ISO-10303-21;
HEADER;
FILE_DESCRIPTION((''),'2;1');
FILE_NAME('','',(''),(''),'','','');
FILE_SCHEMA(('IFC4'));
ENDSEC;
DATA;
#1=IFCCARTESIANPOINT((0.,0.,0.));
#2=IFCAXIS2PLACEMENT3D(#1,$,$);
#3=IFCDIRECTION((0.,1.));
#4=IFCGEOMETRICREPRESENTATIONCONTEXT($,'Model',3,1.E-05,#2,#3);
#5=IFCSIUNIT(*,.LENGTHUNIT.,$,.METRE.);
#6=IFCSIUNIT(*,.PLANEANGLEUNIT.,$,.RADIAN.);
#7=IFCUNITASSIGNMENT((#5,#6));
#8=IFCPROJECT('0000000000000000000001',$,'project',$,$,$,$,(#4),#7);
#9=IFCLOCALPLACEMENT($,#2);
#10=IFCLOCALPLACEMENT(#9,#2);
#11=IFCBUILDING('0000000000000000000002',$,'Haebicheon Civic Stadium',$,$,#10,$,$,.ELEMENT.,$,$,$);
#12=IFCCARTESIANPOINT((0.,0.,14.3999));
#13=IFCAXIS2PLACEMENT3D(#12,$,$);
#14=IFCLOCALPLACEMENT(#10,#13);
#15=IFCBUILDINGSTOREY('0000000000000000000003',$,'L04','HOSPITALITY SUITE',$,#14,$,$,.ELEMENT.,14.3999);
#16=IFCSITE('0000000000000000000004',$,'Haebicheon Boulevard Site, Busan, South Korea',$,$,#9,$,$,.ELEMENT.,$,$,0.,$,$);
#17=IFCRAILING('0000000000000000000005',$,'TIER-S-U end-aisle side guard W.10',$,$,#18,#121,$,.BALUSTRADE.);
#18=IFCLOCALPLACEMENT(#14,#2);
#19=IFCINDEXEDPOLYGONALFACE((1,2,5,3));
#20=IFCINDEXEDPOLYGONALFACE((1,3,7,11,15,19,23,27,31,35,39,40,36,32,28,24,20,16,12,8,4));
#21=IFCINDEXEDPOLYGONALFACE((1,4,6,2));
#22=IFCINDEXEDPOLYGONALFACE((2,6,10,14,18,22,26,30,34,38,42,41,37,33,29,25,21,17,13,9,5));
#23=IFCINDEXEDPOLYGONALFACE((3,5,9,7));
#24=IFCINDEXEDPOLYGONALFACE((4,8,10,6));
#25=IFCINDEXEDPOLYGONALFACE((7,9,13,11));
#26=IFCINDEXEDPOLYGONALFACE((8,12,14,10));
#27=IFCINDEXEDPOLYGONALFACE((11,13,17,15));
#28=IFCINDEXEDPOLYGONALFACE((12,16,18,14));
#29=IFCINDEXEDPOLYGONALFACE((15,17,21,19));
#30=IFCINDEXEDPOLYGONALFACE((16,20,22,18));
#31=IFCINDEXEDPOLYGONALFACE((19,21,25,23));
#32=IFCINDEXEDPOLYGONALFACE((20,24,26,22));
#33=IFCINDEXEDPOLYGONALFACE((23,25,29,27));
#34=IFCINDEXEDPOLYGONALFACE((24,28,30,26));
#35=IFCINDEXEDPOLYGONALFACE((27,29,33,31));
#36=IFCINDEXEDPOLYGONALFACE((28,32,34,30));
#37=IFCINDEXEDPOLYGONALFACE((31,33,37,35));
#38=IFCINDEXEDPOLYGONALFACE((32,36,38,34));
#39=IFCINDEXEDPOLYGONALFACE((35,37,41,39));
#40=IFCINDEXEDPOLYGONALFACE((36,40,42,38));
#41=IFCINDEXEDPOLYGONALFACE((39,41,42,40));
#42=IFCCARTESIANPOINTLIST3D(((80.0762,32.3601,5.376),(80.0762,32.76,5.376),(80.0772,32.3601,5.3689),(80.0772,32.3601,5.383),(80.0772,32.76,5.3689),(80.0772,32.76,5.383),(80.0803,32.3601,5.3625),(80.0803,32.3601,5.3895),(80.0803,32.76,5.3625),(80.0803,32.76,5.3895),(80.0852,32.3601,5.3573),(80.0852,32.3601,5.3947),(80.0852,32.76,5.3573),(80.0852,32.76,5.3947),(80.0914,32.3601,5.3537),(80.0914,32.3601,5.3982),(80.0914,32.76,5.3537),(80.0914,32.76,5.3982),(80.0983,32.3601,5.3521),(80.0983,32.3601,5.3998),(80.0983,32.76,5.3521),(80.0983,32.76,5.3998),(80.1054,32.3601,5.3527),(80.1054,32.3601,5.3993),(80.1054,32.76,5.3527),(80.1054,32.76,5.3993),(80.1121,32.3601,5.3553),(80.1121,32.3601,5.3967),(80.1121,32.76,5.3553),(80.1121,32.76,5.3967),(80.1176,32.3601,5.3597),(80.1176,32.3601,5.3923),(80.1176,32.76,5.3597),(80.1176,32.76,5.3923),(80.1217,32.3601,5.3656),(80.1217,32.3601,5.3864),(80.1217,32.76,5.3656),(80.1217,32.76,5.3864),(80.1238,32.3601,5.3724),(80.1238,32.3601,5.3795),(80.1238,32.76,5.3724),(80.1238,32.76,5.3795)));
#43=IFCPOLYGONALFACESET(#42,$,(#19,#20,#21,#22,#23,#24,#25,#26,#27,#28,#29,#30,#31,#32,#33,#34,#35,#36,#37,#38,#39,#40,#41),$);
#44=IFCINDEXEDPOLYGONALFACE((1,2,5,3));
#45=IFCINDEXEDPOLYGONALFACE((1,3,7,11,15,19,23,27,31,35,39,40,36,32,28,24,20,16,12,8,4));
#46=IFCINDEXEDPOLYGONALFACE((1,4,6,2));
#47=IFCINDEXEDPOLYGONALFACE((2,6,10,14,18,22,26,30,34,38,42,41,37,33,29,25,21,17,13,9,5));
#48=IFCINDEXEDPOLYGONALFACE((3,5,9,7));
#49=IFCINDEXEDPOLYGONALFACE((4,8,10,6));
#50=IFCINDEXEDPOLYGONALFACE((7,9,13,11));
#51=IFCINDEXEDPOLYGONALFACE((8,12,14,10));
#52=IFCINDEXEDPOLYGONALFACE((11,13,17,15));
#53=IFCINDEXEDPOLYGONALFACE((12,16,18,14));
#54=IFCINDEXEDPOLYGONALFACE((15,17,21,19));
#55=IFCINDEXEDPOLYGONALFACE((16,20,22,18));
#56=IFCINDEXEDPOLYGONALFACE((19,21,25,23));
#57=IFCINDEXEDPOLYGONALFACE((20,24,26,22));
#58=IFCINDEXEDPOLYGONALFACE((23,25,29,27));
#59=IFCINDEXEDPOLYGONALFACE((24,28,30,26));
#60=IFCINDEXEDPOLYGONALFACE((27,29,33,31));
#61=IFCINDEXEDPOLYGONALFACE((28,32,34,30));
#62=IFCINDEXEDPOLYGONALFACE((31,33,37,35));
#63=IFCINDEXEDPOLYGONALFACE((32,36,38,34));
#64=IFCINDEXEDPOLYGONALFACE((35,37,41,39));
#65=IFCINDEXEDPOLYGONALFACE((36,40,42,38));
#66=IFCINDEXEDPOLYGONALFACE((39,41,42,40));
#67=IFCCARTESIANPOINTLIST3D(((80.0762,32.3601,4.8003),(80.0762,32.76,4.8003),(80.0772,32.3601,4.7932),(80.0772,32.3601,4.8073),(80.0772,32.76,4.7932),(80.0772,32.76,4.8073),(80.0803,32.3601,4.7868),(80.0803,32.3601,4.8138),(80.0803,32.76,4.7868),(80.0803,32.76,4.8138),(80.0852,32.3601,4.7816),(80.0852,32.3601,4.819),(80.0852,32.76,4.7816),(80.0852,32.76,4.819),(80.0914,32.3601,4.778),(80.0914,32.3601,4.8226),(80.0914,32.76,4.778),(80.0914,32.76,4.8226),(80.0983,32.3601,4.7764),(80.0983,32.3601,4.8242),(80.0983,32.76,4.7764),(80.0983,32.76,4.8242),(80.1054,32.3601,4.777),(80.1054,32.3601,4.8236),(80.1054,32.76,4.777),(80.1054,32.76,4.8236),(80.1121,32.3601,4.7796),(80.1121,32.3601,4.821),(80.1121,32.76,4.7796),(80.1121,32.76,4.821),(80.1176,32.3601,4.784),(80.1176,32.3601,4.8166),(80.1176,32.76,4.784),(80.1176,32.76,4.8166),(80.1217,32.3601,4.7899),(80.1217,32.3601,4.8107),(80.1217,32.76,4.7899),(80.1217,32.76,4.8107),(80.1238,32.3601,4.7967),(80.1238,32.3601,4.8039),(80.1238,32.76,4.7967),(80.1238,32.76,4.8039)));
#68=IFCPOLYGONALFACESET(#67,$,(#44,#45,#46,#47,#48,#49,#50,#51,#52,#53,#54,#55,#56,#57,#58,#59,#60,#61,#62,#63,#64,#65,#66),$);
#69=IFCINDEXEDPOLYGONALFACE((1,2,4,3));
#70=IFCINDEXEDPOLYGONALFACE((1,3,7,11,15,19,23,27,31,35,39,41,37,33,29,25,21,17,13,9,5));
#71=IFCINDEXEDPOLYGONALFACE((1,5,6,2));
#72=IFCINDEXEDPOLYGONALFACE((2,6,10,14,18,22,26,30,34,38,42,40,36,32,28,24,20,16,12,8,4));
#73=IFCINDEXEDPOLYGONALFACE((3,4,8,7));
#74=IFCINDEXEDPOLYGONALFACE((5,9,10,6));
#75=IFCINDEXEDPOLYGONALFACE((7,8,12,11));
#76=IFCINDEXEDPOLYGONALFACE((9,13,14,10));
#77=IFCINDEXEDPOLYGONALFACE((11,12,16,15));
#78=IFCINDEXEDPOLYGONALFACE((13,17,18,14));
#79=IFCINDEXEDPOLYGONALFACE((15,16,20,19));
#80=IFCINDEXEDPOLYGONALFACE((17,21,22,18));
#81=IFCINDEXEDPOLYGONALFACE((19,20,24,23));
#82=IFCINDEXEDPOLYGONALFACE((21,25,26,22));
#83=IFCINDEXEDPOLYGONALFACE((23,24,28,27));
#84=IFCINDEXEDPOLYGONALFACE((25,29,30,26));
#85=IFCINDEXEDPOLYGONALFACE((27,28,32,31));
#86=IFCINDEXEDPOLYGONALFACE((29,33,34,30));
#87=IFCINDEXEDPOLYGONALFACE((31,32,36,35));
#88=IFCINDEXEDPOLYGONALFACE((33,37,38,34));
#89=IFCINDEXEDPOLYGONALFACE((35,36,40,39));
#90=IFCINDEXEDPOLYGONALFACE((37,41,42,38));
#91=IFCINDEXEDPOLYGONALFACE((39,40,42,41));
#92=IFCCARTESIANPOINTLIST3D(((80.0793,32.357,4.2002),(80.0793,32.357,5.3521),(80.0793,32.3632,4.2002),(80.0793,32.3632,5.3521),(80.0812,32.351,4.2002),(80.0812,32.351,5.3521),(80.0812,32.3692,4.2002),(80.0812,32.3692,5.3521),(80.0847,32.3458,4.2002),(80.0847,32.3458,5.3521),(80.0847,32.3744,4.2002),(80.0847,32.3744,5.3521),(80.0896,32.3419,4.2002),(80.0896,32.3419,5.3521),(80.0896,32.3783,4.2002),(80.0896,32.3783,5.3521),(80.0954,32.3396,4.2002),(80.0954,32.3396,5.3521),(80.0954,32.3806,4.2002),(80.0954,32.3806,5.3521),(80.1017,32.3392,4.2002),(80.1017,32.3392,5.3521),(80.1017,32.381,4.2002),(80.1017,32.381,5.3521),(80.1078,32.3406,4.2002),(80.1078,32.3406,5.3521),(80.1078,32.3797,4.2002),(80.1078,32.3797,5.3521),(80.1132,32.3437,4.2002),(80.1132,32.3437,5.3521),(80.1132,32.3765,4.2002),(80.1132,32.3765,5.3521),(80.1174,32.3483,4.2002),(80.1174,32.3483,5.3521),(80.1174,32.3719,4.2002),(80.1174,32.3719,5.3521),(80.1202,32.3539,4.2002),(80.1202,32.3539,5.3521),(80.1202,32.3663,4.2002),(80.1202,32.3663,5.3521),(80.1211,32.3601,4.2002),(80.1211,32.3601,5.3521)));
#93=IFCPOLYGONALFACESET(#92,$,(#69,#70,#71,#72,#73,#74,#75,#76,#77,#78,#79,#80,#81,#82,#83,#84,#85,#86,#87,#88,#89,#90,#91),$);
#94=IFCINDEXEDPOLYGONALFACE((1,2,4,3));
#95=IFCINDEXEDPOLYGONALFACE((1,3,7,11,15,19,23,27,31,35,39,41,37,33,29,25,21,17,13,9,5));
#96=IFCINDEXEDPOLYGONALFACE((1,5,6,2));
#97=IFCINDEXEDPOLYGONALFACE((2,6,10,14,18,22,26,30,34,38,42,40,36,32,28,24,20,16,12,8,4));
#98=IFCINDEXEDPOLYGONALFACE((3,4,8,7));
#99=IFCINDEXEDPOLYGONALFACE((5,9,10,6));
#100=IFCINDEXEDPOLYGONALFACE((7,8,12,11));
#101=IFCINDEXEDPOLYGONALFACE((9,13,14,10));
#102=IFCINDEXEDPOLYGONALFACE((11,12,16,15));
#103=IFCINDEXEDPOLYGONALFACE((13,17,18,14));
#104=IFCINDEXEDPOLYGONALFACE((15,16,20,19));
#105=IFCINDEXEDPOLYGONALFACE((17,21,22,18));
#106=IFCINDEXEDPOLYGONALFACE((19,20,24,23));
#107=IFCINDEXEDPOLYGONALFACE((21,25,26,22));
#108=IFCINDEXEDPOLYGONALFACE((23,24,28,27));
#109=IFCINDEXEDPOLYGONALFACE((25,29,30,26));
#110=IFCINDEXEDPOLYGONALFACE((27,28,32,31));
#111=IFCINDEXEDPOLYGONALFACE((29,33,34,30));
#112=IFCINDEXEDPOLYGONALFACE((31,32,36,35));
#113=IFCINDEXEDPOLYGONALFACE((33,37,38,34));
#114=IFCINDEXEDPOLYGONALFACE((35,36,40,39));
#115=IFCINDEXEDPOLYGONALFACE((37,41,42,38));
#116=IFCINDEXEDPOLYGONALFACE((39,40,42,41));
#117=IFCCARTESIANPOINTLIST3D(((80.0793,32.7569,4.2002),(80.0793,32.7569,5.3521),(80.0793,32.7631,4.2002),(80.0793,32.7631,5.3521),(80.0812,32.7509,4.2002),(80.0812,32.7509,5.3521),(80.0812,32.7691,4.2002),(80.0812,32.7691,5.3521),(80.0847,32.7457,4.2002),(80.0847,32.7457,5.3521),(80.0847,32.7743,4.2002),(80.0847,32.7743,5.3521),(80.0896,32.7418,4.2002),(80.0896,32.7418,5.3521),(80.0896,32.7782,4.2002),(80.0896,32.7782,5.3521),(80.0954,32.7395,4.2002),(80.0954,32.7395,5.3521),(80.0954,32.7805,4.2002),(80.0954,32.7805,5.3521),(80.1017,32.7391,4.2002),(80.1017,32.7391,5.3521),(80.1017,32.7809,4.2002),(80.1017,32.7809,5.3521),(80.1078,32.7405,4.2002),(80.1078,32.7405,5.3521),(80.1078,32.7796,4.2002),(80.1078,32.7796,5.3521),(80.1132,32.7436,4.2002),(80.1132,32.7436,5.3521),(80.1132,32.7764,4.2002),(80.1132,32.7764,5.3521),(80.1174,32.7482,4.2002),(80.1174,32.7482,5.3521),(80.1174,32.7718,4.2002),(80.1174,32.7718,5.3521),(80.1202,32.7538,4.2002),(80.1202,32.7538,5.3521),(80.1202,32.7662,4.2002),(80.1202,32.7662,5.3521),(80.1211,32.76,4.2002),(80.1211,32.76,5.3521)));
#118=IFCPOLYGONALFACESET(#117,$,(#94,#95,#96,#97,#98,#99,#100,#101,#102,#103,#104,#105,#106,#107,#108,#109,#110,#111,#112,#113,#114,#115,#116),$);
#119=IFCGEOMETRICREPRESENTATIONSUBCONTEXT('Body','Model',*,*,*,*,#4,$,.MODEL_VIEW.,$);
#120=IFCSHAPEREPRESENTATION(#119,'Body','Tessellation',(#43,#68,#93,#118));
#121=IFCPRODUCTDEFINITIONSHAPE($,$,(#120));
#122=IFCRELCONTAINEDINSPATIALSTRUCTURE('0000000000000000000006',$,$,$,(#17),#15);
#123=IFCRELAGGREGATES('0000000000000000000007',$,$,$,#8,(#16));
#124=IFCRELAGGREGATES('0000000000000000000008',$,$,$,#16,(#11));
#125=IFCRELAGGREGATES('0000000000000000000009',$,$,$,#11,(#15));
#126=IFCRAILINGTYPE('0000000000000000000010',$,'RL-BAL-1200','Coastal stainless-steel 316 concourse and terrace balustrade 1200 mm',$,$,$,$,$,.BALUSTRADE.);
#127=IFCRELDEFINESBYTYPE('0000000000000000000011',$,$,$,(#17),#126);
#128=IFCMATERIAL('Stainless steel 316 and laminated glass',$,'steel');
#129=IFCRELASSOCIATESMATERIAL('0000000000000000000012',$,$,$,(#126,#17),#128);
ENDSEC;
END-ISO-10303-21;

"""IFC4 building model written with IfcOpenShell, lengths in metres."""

from ifc_helpers import new_model, si_unit, direction, frame, origin, origin_2d, place, context, subcontext, project, spatial, circle, extrude, material, type_object, element, save


model = new_model("IFC4")

# Units and contexts
model_context = context("Model", 3, precision=1e-05, world=origin(), true_north=direction((0.0, 1.0)))
body_context = subcontext(model_context, "Body", "Model", "MODEL_VIEW")
ifc_project = project(units=[si_unit("LENGTHUNIT", "METRE"), si_unit("PLANEANGLEUNIT", "RADIAN")], contexts=[model_context])

# Site, building, storey
site_placement = place(None, origin())
site = spatial("IfcSite", under=ifc_project, at=site_placement, Name="Haebicheon Boulevard Site, Busan, South Korea", CompositionType="ELEMENT", RefElevation=0.0)
building_placement = place(site_placement, origin())
building = spatial("IfcBuilding", under=site, at=building_placement, Name="Haebicheon Civic Stadium", CompositionType="ELEMENT")
storey_placement = place(building_placement, frame((0.0, 0.0, 14.3999)))
storey = spatial("IfcBuildingStorey", under=building, at=storey_placement, Name="L04", Description="HOSPITALITY SUITE", CompositionType="ELEMENT", Elevation=14.3999)

# Railing
ifc_material_1 = material(Name="Stainless steel 316 and laminated glass", Category="steel")
railing_type = type_object("IfcRailingType", Name="RL-BAL-1200", Description="Coastal stainless-steel 316 concourse and terrace balustrade 1200 mm", PredefinedType="BALUSTRADE", material=ifc_material_1)
railing_1_placement = place(storey_placement, frame((80.1001, 32.3601, 4.2002)))
element("IfcRailing", 1, at=railing_1_placement, inside=storey, type_object=railing_type, material=ifc_material_1, Name="TIER-S-U end-aisle side guard W.10", PredefinedType="BALUSTRADE", context=body_context, shape_type="SweptSolid", body=[
    extrude(circle(Radius=0.0239, at=origin_2d()), frame((0.0, 0.0, 1.1758), z_axis=(0.0, 1.0, 0.0), x_axis=(-1.0, 0.0, 0.0)), (0.0, 0.0, 1.0), 0.3999),
    extrude(circle(Radius=0.0239, at=origin_2d()), frame((0.0, 0.0, 0.6001), z_axis=(0.0, 1.0, 0.0), x_axis=(-1.0, 0.0, 0.0)), (0.0, 0.0, 1.0), 0.3999),
    extrude(circle(Radius=0.021, at=origin_2d()), origin(), (0.0, 0.0, 1.0), 1.1519),
    extrude(circle(Radius=0.021, at=origin_2d()), frame((0.0, 0.3999, 0.0)), (0.0, 0.0, 1.0), 1.1519),
])

save(model, "model.ifc")
